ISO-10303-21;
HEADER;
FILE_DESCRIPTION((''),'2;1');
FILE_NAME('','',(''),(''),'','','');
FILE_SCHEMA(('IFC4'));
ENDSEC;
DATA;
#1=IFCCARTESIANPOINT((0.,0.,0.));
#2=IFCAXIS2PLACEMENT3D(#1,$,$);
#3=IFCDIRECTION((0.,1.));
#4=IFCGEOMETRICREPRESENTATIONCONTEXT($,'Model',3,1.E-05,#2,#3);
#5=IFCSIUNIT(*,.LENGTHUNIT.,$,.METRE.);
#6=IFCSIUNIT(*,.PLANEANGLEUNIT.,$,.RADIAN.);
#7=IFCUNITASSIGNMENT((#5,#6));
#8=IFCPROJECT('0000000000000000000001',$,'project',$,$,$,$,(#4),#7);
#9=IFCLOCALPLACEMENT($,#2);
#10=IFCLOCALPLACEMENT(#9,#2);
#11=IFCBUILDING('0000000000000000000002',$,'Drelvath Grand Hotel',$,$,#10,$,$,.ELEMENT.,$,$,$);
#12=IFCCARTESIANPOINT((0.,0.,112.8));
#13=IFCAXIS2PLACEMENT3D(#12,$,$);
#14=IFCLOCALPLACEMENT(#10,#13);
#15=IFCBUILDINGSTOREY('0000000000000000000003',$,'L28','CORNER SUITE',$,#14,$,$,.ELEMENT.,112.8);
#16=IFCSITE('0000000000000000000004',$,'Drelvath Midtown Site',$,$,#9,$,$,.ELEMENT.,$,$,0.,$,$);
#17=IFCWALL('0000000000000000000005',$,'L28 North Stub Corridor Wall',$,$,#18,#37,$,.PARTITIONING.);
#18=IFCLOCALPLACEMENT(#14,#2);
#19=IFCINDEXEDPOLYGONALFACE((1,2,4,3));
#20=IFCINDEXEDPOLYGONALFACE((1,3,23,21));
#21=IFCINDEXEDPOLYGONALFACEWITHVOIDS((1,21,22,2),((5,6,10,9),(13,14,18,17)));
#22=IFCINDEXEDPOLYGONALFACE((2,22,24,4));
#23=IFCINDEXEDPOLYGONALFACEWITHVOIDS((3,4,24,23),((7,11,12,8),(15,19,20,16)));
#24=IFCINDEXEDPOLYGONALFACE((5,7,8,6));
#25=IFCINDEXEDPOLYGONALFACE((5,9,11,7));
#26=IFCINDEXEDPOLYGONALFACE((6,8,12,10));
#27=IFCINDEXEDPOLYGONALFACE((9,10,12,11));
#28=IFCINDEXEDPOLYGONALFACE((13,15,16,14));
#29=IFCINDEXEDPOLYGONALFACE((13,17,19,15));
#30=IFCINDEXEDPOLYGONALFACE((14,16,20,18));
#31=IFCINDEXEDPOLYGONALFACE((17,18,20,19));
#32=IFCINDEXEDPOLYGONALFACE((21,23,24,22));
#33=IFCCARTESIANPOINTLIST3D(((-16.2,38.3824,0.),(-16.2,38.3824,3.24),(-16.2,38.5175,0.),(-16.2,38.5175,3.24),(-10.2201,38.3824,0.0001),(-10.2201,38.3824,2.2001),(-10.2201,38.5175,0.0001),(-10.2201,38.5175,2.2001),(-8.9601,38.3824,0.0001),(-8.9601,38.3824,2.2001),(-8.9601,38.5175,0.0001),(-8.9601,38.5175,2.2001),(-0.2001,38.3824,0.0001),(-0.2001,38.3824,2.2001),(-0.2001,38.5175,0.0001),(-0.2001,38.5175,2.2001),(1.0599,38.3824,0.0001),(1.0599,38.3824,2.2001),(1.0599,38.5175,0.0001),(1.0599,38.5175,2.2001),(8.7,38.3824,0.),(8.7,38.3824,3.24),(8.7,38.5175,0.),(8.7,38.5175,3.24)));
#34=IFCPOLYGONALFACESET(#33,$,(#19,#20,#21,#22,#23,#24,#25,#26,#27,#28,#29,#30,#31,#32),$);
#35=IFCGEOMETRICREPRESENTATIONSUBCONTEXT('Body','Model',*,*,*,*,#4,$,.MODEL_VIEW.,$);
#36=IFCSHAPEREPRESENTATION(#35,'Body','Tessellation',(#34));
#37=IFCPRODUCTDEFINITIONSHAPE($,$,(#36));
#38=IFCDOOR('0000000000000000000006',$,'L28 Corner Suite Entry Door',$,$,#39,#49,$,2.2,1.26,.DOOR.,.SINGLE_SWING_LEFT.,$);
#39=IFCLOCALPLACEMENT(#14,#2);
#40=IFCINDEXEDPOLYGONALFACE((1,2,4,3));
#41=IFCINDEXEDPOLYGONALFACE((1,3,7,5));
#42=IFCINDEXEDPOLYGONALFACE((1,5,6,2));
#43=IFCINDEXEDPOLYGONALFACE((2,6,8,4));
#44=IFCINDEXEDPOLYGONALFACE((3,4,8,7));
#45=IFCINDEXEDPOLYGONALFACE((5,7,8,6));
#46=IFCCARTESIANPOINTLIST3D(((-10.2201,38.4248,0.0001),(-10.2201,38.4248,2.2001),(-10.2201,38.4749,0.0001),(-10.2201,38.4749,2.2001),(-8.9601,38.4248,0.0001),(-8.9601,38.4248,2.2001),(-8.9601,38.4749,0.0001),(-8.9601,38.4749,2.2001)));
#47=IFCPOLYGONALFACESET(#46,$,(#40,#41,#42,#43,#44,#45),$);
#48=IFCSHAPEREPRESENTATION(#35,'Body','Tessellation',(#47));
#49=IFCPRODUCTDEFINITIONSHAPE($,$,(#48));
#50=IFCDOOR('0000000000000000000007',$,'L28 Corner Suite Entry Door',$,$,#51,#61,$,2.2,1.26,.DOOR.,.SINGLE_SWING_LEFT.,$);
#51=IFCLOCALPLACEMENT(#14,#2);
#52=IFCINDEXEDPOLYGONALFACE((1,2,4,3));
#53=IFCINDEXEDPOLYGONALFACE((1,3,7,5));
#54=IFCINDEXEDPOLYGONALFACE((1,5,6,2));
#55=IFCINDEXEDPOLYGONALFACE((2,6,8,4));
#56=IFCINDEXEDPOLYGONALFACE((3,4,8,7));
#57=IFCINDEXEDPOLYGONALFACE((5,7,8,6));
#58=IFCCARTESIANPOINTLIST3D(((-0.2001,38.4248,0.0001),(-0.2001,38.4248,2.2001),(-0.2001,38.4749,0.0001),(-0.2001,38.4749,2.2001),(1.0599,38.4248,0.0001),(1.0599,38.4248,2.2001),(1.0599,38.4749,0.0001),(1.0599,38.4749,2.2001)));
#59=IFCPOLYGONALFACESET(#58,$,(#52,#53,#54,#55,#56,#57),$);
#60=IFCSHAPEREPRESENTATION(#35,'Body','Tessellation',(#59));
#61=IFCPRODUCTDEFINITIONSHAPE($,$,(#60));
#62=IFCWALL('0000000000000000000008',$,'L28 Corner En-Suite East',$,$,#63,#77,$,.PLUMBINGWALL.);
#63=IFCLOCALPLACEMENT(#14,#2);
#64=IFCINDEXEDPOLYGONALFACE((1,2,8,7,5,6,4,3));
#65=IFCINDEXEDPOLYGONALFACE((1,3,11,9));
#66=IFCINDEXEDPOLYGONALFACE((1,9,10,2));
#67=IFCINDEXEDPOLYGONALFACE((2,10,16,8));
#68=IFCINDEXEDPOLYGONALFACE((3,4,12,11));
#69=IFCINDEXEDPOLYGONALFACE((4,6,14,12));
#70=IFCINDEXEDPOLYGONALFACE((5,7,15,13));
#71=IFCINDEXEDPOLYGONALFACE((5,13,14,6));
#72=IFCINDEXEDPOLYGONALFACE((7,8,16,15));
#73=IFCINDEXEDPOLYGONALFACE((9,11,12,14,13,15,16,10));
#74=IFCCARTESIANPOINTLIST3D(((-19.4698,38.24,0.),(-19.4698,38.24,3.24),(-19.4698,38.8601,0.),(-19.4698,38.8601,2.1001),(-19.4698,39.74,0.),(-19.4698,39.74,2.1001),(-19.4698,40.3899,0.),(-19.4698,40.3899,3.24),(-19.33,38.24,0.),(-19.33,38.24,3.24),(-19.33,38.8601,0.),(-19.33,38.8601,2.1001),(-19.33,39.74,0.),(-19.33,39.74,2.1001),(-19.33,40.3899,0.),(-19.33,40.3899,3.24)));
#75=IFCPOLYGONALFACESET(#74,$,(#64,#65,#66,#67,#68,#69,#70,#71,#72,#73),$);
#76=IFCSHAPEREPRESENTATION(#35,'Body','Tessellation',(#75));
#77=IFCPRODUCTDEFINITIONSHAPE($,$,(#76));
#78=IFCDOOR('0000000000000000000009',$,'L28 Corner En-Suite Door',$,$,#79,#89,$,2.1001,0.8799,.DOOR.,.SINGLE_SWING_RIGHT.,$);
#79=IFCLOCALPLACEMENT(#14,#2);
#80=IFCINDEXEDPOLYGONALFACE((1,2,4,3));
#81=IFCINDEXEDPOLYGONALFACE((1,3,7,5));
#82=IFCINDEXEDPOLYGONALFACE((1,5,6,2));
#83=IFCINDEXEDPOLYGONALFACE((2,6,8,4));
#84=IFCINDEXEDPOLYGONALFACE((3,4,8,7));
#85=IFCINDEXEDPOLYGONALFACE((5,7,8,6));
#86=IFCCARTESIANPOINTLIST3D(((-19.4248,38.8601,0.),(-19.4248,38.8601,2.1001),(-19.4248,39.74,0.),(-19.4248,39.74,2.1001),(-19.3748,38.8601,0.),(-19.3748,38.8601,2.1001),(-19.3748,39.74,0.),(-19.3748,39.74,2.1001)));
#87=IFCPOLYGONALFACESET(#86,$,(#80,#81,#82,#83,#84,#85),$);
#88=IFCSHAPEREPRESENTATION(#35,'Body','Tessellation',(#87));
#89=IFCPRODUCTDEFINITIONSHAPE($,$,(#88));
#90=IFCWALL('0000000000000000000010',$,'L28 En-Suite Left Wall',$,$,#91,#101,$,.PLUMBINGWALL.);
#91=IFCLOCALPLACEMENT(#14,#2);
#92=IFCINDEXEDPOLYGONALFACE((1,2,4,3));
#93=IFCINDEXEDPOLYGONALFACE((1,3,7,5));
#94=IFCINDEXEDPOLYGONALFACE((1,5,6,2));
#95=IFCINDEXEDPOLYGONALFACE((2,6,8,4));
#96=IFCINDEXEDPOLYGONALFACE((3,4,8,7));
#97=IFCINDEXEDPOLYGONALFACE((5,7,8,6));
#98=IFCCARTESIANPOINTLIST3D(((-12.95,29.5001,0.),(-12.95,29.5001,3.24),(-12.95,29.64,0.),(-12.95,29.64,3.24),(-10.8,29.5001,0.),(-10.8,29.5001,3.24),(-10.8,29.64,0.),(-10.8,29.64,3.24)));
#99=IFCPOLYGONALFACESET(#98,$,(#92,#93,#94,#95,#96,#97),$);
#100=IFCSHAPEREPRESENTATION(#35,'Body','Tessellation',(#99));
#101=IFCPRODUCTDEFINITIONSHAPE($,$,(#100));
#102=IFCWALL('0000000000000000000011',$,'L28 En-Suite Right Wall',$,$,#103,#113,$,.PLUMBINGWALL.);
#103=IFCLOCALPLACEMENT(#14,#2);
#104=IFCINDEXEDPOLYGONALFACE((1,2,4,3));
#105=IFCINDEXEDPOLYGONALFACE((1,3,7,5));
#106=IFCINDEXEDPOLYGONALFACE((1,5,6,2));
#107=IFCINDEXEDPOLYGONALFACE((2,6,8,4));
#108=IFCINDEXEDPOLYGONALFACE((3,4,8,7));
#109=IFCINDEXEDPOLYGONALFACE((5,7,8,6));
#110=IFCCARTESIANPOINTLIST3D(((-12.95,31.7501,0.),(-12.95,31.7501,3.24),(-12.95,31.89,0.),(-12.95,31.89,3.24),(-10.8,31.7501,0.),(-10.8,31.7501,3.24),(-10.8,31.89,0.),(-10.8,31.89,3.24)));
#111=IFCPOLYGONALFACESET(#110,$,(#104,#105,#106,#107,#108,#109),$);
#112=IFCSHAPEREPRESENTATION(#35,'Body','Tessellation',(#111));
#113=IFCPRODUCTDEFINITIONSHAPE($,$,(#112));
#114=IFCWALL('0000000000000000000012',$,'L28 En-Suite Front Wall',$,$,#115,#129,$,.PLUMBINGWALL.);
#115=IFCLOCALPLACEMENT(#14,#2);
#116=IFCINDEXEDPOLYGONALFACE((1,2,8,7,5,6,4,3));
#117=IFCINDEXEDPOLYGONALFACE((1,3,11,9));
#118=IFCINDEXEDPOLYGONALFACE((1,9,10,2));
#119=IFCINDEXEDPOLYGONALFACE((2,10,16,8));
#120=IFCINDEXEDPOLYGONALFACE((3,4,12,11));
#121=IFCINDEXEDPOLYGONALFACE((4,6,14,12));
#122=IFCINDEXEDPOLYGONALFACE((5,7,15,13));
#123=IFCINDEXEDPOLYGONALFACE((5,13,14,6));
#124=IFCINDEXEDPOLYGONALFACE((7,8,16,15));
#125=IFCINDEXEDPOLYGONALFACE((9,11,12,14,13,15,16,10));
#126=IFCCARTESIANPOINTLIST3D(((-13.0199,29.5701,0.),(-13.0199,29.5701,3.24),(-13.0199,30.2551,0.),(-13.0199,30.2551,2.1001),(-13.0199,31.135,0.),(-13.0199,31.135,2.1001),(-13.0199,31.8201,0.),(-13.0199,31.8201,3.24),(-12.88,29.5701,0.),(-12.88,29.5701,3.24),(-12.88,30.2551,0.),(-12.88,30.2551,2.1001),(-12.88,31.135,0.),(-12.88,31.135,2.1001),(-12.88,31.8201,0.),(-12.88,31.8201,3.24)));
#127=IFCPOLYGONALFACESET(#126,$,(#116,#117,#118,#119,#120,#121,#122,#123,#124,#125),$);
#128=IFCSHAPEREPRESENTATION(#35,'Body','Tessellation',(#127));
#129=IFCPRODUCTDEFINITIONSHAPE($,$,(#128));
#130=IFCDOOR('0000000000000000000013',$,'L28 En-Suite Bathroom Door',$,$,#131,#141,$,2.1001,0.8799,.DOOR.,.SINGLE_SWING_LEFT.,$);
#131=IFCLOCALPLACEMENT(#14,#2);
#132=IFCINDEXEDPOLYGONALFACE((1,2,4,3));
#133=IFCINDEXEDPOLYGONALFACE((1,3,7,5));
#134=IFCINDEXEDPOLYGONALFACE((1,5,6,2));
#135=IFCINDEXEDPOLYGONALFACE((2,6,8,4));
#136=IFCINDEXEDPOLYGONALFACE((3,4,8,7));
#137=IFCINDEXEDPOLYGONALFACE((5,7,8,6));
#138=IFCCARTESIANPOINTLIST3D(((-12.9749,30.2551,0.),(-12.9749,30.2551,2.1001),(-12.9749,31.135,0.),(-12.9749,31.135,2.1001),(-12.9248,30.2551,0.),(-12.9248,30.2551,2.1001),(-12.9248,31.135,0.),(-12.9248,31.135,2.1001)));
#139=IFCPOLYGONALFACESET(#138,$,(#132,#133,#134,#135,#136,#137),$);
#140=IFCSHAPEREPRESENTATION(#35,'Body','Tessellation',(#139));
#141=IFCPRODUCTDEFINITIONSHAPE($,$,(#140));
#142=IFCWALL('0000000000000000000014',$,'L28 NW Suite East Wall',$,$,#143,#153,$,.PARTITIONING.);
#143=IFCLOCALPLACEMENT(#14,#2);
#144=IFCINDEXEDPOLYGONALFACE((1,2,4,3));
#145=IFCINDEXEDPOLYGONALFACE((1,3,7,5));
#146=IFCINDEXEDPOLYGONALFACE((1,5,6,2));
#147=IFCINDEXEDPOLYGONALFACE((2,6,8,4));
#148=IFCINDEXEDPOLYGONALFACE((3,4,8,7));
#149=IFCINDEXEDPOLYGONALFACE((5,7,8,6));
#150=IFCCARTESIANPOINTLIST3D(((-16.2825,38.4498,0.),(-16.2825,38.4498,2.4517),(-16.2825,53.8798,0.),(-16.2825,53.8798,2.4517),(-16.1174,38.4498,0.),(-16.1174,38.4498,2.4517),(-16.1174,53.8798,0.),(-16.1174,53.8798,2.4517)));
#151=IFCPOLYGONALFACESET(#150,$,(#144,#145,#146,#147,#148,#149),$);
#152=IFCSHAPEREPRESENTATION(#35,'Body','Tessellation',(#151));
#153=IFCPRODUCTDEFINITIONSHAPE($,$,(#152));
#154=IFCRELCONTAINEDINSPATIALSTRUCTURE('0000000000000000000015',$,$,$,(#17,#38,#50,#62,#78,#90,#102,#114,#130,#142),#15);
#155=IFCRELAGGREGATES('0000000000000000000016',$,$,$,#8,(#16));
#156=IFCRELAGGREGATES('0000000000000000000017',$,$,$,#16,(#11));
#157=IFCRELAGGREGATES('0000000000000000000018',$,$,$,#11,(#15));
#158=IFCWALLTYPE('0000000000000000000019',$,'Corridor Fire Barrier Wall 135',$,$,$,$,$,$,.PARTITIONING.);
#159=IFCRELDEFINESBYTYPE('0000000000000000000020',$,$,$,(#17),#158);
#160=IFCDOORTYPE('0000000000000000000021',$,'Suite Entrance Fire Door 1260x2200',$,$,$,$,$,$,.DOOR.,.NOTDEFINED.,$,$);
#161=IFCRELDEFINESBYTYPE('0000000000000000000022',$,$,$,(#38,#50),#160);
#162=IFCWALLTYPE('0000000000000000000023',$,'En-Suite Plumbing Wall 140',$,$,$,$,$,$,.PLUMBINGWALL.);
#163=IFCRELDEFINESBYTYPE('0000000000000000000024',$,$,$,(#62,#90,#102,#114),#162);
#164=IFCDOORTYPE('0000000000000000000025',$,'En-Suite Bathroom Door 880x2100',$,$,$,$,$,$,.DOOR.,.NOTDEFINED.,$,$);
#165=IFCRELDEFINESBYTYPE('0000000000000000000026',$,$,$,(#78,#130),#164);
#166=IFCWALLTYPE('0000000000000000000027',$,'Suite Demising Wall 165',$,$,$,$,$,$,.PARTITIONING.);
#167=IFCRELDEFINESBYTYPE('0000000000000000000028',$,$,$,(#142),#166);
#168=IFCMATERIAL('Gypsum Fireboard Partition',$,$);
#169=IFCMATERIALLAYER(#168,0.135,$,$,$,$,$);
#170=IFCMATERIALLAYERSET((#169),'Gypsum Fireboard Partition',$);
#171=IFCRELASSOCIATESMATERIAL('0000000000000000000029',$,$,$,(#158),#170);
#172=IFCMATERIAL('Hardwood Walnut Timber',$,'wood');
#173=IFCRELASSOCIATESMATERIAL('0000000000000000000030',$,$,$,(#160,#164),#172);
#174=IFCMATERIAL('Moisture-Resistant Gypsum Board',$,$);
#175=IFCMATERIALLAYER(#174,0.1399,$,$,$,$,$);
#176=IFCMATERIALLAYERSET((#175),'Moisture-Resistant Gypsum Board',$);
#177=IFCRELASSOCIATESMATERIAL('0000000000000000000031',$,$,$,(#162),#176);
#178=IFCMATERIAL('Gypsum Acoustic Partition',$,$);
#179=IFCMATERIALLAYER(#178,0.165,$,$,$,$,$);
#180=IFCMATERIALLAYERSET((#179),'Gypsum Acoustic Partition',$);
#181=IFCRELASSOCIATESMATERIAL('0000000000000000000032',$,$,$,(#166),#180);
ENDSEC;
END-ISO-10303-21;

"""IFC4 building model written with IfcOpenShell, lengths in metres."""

from ifc_helpers import new_model, si_unit, direction, frame, frame_2d, origin, place, context, subcontext, project, spatial, rectangle, extrude, material, layer, layer_set, type_object, element, fill, save


model = new_model("IFC4")

# Units and contexts
model_context = context("Model", 3, precision=1e-05, world=origin(), true_north=direction((0.0, 1.0)))
body_context = subcontext(model_context, "Body", "Model", "MODEL_VIEW")
ifc_project = project(units=[si_unit("LENGTHUNIT", "METRE"), si_unit("PLANEANGLEUNIT", "RADIAN")], contexts=[model_context])

# Site, building, storey
site_placement = place(None, origin())
site = spatial("IfcSite", under=ifc_project, at=site_placement, Name="Drelvath Midtown Site", CompositionType="ELEMENT", RefElevation=0.0)
building_placement = place(site_placement, origin())
building = spatial("IfcBuilding", under=site, at=building_placement, Name="Drelvath Grand Hotel", CompositionType="ELEMENT")
storey_placement = place(building_placement, frame((0.0, 0.0, 112.8)))
storey = spatial("IfcBuildingStorey", under=building, at=storey_placement, Name="L28", Description="CORNER SUITE", CompositionType="ELEMENT", Elevation=112.8)

# Shared definitions
ifc_material_1 = material(Name="Gypsum Fireboard Partition")
ifc_layer_1 = layer(ifc_material_1, 0.135)
ifc_layer_set_1 = layer_set([ifc_layer_1], Name="Gypsum Fireboard Partition")
wall_type_1 = type_object("IfcWallType", Name="Corridor Fire Barrier Wall 135", PredefinedType="PARTITIONING", material=ifc_layer_set_1)

# Wall, openings, doors
wall_1_placement = place(storey_placement, frame((-16.2, 38.45, 0.0), z_axis=(0.0, 0.0, 1.0), x_axis=(1.0, 0.0, 0.0)))
wall_1 = element("IfcWall", 1, at=wall_1_placement, inside=storey, type_object=wall_type_1, Name="L28 North Stub Corridor Wall", PredefinedType="PARTITIONING", context=body_context, shape_type="SweptSolid", body=[
    extrude(rectangle(XDim=24.8999, YDim=0.135, at=frame_2d((12.45, 0.0))), origin(), (0.0, 0.0, 1.0), 3.24),
])
opening_1_placement = place(wall_1_placement, frame((5.98, 0.0, 0.0)))
opening_1 = element("IfcOpeningElement", 2, at=opening_1_placement, cuts=wall_1, PredefinedType="OPENING", context=body_context, shape_type="SweptSolid", body=[
    extrude(rectangle(XDim=1.26, YDim=2.2, at=frame_2d((0.6299, 1.1001))), frame((0.0, 0.0774, 0.0), z_axis=(0.0, -1.0, 0.0), x_axis=(1.0, 0.0, 0.0)), (0.0, 0.0, 1.0), 0.155),
])
opening_2_placement = place(wall_1_placement, frame((16.0, 0.0, 0.0)))
opening_2 = element("IfcOpeningElement", 3, at=opening_2_placement, cuts=wall_1, PredefinedType="OPENING", context=body_context, shape_type="SweptSolid", body=[
    extrude(rectangle(XDim=1.26, YDim=2.2, at=frame_2d((0.6299, 1.1001))), frame((0.0, 0.0774, 0.0), z_axis=(0.0, -1.0, 0.0), x_axis=(1.0, 0.0, 0.0)), (0.0, 0.0, 1.0), 0.155),
])
ifc_material_2 = material(Name="Hardwood Walnut Timber", Category="wood")
door_type_1 = type_object("IfcDoorType", Name="Suite Entrance Fire Door 1260x2200", OperationType="NOTDEFINED", PredefinedType="DOOR", material=ifc_material_2)
door_1_placement = place(opening_1_placement, origin())
door_1 = element("IfcDoor", 4, at=door_1_placement, inside=storey, type_object=door_type_1, Name="L28 Corner Suite Entry Door", OperationType="SINGLE_SWING_LEFT", OverallHeight=2.2, OverallWidth=1.26, PredefinedType="DOOR", context=body_context, shape_type="SweptSolid", body=[
    extrude(rectangle(XDim=1.26, YDim=2.2, at=frame_2d((0.6299, 1.1001))), frame((0.0, 0.0249, 0.0), z_axis=(0.0, -1.0, 0.0), x_axis=(1.0, 0.0, 0.0)), (0.0, 0.0, 1.0), 0.05),
])
fill(opening_1, door_1)
door_2_placement = place(opening_2_placement, origin())
door_2 = element("IfcDoor", 5, at=door_2_placement, inside=storey, type_object=door_type_1, Name="L28 Corner Suite Entry Door", OperationType="SINGLE_SWING_LEFT", OverallHeight=2.2, OverallWidth=1.26, PredefinedType="DOOR", context=body_context, shape_type="SweptSolid", body=[
    extrude(rectangle(XDim=1.26, YDim=2.2, at=frame_2d((0.6299, 1.1001))), frame((0.0, 0.0249, 0.0), z_axis=(0.0, -1.0, 0.0), x_axis=(1.0, 0.0, 0.0)), (0.0, 0.0, 1.0), 0.05),
])
fill(opening_2, door_2)

# Wall, opening, door
ifc_material_3 = material(Name="Moisture-Resistant Gypsum Board")
ifc_layer_2 = layer(ifc_material_3, 0.1399)
ifc_layer_set_2 = layer_set([ifc_layer_2], Name="Moisture-Resistant Gypsum Board")
wall_type_2 = type_object("IfcWallType", Name="En-Suite Plumbing Wall 140", PredefinedType="PLUMBINGWALL", material=ifc_layer_set_2)
wall_2_placement = place(storey_placement, frame((-19.3999, 38.24, 0.0), z_axis=(0.0, 0.0, 1.0), x_axis=(0.0, 1.0, 0.0)))
wall_2 = element("IfcWall", 6, at=wall_2_placement, inside=storey, type_object=wall_type_2, Name="L28 Corner En-Suite East", PredefinedType="PLUMBINGWALL", context=body_context, shape_type="SweptSolid", body=[
    extrude(rectangle(XDim=2.1499, YDim=0.1399, at=frame_2d((1.075, 0.0))), origin(), (0.0, 0.0, 1.0), 3.24),
])
opening_3_placement = place(wall_2_placement, frame((0.6201, 0.0, 0.0)))
opening_3 = element("IfcOpeningElement", 7, at=opening_3_placement, cuts=wall_2, PredefinedType="OPENING", context=body_context, shape_type="SweptSolid", body=[
    extrude(rectangle(XDim=0.8799, YDim=2.1001, at=frame_2d((0.4399, 1.05))), frame((0.0, 0.0798, 0.0), z_axis=(0.0, -1.0, 0.0), x_axis=(1.0, 0.0, 0.0)), (0.0, 0.0, 1.0), 0.1599),
])
door_type_2 = type_object("IfcDoorType", Name="En-Suite Bathroom Door 880x2100", OperationType="NOTDEFINED", PredefinedType="DOOR", material=ifc_material_2)
door_3_placement = place(opening_3_placement, origin())
door_3 = element("IfcDoor", 8, at=door_3_placement, inside=storey, type_object=door_type_2, Name="L28 Corner En-Suite Door", OperationType="SINGLE_SWING_RIGHT", OverallHeight=2.1001, OverallWidth=0.8799, PredefinedType="DOOR", context=body_context, shape_type="SweptSolid", body=[
    extrude(rectangle(XDim=0.8799, YDim=2.1001, at=frame_2d((0.4399, 1.05))), frame((0.0, 0.0249, 0.0), z_axis=(0.0, -1.0, 0.0), x_axis=(1.0, 0.0, 0.0)), (0.0, 0.0, 1.0), 0.05),
])
fill(opening_3, door_3)

# Walls
for number, where, z_axis, x_axis, name in (
    (9, (-10.8, 29.5701, 0.0), (0.0, 0.0, 1.0), (-1.0, 0.0, 0.0), "L28 En-Suite Left Wall"),
    (10, (-10.8, 31.8201, 0.0), (0.0, 0.0, 1.0), (-1.0, 0.0, 0.0), "L28 En-Suite Right Wall"),
):
    element("IfcWall", number, at=place(storey_placement, frame(where, z_axis=z_axis, x_axis=x_axis)), inside=storey, type_object=wall_type_2, Name=name, PredefinedType="PLUMBINGWALL", context=body_context, shape_type="SweptSolid", body=[
        extrude(rectangle(XDim=2.1499, YDim=0.1399, at=frame_2d((1.075, 0.0))), origin(), (0.0, 0.0, 1.0), 3.24),
    ])

# Wall, opening, door
wall_3_placement = place(storey_placement, frame((-12.95, 29.5701, 0.0), z_axis=(0.0, 0.0, 1.0), x_axis=(0.0, 1.0, 0.0)))
wall_3 = element("IfcWall", 11, at=wall_3_placement, inside=storey, type_object=wall_type_2, Name="L28 En-Suite Front Wall", PredefinedType="PLUMBINGWALL", context=body_context, shape_type="SweptSolid", body=[
    extrude(rectangle(XDim=2.25, YDim=0.1399, at=frame_2d((1.125, 0.0))), origin(), (0.0, 0.0, 1.0), 3.24),
])
opening_4_placement = place(wall_3_placement, frame((0.6851, 0.0, 0.0)))
opening_4 = element("IfcOpeningElement", 12, at=opening_4_placement, cuts=wall_3, PredefinedType="OPENING", context=body_context, shape_type="SweptSolid", body=[
    extrude(rectangle(XDim=0.8799, YDim=2.1001, at=frame_2d((0.4399, 1.05))), frame((0.0, 0.0798, 0.0), z_axis=(0.0, -1.0, 0.0), x_axis=(1.0, 0.0, 0.0)), (0.0, 0.0, 1.0), 0.1599),
])
door_4_placement = place(opening_4_placement, origin())
door_4 = element("IfcDoor", 13, at=door_4_placement, inside=storey, type_object=door_type_2, Name="L28 En-Suite Bathroom Door", OperationType="SINGLE_SWING_LEFT", OverallHeight=2.1001, OverallWidth=0.8799, PredefinedType="DOOR", context=body_context, shape_type="SweptSolid", body=[
    extrude(rectangle(XDim=0.8799, YDim=2.1001, at=frame_2d((0.4399, 1.05))), frame((0.0, 0.0249, 0.0), z_axis=(0.0, -1.0, 0.0), x_axis=(1.0, 0.0, 0.0)), (0.0, 0.0, 1.0), 0.05),
])
fill(opening_4, door_4)

# Wall
ifc_material_4 = material(Name="Gypsum Acoustic Partition")
ifc_layer_3 = layer(ifc_material_4, 0.165)
ifc_layer_set_3 = layer_set([ifc_layer_3], Name="Gypsum Acoustic Partition")
wall_type_3 = type_object("IfcWallType", Name="Suite Demising Wall 165", PredefinedType="PARTITIONING", material=ifc_layer_set_3)
wall_4_placement = place(storey_placement, frame((-16.2, 38.45, 0.0), z_axis=(0.0, 0.0, 1.0), x_axis=(0.0, 1.0, 0.0)))
element("IfcWall", 14, at=wall_4_placement, inside=storey, type_object=wall_type_3, Name="L28 NW Suite East Wall", PredefinedType="PARTITIONING", context=body_context, shape_type="SweptSolid", body=[
    extrude(rectangle(XDim=15.4299, YDim=0.165, at=frame_2d((7.7148, 0.0))), origin(), (0.0, 0.0, 1.0), 2.4517),
])

save(model, "model.ifc")
